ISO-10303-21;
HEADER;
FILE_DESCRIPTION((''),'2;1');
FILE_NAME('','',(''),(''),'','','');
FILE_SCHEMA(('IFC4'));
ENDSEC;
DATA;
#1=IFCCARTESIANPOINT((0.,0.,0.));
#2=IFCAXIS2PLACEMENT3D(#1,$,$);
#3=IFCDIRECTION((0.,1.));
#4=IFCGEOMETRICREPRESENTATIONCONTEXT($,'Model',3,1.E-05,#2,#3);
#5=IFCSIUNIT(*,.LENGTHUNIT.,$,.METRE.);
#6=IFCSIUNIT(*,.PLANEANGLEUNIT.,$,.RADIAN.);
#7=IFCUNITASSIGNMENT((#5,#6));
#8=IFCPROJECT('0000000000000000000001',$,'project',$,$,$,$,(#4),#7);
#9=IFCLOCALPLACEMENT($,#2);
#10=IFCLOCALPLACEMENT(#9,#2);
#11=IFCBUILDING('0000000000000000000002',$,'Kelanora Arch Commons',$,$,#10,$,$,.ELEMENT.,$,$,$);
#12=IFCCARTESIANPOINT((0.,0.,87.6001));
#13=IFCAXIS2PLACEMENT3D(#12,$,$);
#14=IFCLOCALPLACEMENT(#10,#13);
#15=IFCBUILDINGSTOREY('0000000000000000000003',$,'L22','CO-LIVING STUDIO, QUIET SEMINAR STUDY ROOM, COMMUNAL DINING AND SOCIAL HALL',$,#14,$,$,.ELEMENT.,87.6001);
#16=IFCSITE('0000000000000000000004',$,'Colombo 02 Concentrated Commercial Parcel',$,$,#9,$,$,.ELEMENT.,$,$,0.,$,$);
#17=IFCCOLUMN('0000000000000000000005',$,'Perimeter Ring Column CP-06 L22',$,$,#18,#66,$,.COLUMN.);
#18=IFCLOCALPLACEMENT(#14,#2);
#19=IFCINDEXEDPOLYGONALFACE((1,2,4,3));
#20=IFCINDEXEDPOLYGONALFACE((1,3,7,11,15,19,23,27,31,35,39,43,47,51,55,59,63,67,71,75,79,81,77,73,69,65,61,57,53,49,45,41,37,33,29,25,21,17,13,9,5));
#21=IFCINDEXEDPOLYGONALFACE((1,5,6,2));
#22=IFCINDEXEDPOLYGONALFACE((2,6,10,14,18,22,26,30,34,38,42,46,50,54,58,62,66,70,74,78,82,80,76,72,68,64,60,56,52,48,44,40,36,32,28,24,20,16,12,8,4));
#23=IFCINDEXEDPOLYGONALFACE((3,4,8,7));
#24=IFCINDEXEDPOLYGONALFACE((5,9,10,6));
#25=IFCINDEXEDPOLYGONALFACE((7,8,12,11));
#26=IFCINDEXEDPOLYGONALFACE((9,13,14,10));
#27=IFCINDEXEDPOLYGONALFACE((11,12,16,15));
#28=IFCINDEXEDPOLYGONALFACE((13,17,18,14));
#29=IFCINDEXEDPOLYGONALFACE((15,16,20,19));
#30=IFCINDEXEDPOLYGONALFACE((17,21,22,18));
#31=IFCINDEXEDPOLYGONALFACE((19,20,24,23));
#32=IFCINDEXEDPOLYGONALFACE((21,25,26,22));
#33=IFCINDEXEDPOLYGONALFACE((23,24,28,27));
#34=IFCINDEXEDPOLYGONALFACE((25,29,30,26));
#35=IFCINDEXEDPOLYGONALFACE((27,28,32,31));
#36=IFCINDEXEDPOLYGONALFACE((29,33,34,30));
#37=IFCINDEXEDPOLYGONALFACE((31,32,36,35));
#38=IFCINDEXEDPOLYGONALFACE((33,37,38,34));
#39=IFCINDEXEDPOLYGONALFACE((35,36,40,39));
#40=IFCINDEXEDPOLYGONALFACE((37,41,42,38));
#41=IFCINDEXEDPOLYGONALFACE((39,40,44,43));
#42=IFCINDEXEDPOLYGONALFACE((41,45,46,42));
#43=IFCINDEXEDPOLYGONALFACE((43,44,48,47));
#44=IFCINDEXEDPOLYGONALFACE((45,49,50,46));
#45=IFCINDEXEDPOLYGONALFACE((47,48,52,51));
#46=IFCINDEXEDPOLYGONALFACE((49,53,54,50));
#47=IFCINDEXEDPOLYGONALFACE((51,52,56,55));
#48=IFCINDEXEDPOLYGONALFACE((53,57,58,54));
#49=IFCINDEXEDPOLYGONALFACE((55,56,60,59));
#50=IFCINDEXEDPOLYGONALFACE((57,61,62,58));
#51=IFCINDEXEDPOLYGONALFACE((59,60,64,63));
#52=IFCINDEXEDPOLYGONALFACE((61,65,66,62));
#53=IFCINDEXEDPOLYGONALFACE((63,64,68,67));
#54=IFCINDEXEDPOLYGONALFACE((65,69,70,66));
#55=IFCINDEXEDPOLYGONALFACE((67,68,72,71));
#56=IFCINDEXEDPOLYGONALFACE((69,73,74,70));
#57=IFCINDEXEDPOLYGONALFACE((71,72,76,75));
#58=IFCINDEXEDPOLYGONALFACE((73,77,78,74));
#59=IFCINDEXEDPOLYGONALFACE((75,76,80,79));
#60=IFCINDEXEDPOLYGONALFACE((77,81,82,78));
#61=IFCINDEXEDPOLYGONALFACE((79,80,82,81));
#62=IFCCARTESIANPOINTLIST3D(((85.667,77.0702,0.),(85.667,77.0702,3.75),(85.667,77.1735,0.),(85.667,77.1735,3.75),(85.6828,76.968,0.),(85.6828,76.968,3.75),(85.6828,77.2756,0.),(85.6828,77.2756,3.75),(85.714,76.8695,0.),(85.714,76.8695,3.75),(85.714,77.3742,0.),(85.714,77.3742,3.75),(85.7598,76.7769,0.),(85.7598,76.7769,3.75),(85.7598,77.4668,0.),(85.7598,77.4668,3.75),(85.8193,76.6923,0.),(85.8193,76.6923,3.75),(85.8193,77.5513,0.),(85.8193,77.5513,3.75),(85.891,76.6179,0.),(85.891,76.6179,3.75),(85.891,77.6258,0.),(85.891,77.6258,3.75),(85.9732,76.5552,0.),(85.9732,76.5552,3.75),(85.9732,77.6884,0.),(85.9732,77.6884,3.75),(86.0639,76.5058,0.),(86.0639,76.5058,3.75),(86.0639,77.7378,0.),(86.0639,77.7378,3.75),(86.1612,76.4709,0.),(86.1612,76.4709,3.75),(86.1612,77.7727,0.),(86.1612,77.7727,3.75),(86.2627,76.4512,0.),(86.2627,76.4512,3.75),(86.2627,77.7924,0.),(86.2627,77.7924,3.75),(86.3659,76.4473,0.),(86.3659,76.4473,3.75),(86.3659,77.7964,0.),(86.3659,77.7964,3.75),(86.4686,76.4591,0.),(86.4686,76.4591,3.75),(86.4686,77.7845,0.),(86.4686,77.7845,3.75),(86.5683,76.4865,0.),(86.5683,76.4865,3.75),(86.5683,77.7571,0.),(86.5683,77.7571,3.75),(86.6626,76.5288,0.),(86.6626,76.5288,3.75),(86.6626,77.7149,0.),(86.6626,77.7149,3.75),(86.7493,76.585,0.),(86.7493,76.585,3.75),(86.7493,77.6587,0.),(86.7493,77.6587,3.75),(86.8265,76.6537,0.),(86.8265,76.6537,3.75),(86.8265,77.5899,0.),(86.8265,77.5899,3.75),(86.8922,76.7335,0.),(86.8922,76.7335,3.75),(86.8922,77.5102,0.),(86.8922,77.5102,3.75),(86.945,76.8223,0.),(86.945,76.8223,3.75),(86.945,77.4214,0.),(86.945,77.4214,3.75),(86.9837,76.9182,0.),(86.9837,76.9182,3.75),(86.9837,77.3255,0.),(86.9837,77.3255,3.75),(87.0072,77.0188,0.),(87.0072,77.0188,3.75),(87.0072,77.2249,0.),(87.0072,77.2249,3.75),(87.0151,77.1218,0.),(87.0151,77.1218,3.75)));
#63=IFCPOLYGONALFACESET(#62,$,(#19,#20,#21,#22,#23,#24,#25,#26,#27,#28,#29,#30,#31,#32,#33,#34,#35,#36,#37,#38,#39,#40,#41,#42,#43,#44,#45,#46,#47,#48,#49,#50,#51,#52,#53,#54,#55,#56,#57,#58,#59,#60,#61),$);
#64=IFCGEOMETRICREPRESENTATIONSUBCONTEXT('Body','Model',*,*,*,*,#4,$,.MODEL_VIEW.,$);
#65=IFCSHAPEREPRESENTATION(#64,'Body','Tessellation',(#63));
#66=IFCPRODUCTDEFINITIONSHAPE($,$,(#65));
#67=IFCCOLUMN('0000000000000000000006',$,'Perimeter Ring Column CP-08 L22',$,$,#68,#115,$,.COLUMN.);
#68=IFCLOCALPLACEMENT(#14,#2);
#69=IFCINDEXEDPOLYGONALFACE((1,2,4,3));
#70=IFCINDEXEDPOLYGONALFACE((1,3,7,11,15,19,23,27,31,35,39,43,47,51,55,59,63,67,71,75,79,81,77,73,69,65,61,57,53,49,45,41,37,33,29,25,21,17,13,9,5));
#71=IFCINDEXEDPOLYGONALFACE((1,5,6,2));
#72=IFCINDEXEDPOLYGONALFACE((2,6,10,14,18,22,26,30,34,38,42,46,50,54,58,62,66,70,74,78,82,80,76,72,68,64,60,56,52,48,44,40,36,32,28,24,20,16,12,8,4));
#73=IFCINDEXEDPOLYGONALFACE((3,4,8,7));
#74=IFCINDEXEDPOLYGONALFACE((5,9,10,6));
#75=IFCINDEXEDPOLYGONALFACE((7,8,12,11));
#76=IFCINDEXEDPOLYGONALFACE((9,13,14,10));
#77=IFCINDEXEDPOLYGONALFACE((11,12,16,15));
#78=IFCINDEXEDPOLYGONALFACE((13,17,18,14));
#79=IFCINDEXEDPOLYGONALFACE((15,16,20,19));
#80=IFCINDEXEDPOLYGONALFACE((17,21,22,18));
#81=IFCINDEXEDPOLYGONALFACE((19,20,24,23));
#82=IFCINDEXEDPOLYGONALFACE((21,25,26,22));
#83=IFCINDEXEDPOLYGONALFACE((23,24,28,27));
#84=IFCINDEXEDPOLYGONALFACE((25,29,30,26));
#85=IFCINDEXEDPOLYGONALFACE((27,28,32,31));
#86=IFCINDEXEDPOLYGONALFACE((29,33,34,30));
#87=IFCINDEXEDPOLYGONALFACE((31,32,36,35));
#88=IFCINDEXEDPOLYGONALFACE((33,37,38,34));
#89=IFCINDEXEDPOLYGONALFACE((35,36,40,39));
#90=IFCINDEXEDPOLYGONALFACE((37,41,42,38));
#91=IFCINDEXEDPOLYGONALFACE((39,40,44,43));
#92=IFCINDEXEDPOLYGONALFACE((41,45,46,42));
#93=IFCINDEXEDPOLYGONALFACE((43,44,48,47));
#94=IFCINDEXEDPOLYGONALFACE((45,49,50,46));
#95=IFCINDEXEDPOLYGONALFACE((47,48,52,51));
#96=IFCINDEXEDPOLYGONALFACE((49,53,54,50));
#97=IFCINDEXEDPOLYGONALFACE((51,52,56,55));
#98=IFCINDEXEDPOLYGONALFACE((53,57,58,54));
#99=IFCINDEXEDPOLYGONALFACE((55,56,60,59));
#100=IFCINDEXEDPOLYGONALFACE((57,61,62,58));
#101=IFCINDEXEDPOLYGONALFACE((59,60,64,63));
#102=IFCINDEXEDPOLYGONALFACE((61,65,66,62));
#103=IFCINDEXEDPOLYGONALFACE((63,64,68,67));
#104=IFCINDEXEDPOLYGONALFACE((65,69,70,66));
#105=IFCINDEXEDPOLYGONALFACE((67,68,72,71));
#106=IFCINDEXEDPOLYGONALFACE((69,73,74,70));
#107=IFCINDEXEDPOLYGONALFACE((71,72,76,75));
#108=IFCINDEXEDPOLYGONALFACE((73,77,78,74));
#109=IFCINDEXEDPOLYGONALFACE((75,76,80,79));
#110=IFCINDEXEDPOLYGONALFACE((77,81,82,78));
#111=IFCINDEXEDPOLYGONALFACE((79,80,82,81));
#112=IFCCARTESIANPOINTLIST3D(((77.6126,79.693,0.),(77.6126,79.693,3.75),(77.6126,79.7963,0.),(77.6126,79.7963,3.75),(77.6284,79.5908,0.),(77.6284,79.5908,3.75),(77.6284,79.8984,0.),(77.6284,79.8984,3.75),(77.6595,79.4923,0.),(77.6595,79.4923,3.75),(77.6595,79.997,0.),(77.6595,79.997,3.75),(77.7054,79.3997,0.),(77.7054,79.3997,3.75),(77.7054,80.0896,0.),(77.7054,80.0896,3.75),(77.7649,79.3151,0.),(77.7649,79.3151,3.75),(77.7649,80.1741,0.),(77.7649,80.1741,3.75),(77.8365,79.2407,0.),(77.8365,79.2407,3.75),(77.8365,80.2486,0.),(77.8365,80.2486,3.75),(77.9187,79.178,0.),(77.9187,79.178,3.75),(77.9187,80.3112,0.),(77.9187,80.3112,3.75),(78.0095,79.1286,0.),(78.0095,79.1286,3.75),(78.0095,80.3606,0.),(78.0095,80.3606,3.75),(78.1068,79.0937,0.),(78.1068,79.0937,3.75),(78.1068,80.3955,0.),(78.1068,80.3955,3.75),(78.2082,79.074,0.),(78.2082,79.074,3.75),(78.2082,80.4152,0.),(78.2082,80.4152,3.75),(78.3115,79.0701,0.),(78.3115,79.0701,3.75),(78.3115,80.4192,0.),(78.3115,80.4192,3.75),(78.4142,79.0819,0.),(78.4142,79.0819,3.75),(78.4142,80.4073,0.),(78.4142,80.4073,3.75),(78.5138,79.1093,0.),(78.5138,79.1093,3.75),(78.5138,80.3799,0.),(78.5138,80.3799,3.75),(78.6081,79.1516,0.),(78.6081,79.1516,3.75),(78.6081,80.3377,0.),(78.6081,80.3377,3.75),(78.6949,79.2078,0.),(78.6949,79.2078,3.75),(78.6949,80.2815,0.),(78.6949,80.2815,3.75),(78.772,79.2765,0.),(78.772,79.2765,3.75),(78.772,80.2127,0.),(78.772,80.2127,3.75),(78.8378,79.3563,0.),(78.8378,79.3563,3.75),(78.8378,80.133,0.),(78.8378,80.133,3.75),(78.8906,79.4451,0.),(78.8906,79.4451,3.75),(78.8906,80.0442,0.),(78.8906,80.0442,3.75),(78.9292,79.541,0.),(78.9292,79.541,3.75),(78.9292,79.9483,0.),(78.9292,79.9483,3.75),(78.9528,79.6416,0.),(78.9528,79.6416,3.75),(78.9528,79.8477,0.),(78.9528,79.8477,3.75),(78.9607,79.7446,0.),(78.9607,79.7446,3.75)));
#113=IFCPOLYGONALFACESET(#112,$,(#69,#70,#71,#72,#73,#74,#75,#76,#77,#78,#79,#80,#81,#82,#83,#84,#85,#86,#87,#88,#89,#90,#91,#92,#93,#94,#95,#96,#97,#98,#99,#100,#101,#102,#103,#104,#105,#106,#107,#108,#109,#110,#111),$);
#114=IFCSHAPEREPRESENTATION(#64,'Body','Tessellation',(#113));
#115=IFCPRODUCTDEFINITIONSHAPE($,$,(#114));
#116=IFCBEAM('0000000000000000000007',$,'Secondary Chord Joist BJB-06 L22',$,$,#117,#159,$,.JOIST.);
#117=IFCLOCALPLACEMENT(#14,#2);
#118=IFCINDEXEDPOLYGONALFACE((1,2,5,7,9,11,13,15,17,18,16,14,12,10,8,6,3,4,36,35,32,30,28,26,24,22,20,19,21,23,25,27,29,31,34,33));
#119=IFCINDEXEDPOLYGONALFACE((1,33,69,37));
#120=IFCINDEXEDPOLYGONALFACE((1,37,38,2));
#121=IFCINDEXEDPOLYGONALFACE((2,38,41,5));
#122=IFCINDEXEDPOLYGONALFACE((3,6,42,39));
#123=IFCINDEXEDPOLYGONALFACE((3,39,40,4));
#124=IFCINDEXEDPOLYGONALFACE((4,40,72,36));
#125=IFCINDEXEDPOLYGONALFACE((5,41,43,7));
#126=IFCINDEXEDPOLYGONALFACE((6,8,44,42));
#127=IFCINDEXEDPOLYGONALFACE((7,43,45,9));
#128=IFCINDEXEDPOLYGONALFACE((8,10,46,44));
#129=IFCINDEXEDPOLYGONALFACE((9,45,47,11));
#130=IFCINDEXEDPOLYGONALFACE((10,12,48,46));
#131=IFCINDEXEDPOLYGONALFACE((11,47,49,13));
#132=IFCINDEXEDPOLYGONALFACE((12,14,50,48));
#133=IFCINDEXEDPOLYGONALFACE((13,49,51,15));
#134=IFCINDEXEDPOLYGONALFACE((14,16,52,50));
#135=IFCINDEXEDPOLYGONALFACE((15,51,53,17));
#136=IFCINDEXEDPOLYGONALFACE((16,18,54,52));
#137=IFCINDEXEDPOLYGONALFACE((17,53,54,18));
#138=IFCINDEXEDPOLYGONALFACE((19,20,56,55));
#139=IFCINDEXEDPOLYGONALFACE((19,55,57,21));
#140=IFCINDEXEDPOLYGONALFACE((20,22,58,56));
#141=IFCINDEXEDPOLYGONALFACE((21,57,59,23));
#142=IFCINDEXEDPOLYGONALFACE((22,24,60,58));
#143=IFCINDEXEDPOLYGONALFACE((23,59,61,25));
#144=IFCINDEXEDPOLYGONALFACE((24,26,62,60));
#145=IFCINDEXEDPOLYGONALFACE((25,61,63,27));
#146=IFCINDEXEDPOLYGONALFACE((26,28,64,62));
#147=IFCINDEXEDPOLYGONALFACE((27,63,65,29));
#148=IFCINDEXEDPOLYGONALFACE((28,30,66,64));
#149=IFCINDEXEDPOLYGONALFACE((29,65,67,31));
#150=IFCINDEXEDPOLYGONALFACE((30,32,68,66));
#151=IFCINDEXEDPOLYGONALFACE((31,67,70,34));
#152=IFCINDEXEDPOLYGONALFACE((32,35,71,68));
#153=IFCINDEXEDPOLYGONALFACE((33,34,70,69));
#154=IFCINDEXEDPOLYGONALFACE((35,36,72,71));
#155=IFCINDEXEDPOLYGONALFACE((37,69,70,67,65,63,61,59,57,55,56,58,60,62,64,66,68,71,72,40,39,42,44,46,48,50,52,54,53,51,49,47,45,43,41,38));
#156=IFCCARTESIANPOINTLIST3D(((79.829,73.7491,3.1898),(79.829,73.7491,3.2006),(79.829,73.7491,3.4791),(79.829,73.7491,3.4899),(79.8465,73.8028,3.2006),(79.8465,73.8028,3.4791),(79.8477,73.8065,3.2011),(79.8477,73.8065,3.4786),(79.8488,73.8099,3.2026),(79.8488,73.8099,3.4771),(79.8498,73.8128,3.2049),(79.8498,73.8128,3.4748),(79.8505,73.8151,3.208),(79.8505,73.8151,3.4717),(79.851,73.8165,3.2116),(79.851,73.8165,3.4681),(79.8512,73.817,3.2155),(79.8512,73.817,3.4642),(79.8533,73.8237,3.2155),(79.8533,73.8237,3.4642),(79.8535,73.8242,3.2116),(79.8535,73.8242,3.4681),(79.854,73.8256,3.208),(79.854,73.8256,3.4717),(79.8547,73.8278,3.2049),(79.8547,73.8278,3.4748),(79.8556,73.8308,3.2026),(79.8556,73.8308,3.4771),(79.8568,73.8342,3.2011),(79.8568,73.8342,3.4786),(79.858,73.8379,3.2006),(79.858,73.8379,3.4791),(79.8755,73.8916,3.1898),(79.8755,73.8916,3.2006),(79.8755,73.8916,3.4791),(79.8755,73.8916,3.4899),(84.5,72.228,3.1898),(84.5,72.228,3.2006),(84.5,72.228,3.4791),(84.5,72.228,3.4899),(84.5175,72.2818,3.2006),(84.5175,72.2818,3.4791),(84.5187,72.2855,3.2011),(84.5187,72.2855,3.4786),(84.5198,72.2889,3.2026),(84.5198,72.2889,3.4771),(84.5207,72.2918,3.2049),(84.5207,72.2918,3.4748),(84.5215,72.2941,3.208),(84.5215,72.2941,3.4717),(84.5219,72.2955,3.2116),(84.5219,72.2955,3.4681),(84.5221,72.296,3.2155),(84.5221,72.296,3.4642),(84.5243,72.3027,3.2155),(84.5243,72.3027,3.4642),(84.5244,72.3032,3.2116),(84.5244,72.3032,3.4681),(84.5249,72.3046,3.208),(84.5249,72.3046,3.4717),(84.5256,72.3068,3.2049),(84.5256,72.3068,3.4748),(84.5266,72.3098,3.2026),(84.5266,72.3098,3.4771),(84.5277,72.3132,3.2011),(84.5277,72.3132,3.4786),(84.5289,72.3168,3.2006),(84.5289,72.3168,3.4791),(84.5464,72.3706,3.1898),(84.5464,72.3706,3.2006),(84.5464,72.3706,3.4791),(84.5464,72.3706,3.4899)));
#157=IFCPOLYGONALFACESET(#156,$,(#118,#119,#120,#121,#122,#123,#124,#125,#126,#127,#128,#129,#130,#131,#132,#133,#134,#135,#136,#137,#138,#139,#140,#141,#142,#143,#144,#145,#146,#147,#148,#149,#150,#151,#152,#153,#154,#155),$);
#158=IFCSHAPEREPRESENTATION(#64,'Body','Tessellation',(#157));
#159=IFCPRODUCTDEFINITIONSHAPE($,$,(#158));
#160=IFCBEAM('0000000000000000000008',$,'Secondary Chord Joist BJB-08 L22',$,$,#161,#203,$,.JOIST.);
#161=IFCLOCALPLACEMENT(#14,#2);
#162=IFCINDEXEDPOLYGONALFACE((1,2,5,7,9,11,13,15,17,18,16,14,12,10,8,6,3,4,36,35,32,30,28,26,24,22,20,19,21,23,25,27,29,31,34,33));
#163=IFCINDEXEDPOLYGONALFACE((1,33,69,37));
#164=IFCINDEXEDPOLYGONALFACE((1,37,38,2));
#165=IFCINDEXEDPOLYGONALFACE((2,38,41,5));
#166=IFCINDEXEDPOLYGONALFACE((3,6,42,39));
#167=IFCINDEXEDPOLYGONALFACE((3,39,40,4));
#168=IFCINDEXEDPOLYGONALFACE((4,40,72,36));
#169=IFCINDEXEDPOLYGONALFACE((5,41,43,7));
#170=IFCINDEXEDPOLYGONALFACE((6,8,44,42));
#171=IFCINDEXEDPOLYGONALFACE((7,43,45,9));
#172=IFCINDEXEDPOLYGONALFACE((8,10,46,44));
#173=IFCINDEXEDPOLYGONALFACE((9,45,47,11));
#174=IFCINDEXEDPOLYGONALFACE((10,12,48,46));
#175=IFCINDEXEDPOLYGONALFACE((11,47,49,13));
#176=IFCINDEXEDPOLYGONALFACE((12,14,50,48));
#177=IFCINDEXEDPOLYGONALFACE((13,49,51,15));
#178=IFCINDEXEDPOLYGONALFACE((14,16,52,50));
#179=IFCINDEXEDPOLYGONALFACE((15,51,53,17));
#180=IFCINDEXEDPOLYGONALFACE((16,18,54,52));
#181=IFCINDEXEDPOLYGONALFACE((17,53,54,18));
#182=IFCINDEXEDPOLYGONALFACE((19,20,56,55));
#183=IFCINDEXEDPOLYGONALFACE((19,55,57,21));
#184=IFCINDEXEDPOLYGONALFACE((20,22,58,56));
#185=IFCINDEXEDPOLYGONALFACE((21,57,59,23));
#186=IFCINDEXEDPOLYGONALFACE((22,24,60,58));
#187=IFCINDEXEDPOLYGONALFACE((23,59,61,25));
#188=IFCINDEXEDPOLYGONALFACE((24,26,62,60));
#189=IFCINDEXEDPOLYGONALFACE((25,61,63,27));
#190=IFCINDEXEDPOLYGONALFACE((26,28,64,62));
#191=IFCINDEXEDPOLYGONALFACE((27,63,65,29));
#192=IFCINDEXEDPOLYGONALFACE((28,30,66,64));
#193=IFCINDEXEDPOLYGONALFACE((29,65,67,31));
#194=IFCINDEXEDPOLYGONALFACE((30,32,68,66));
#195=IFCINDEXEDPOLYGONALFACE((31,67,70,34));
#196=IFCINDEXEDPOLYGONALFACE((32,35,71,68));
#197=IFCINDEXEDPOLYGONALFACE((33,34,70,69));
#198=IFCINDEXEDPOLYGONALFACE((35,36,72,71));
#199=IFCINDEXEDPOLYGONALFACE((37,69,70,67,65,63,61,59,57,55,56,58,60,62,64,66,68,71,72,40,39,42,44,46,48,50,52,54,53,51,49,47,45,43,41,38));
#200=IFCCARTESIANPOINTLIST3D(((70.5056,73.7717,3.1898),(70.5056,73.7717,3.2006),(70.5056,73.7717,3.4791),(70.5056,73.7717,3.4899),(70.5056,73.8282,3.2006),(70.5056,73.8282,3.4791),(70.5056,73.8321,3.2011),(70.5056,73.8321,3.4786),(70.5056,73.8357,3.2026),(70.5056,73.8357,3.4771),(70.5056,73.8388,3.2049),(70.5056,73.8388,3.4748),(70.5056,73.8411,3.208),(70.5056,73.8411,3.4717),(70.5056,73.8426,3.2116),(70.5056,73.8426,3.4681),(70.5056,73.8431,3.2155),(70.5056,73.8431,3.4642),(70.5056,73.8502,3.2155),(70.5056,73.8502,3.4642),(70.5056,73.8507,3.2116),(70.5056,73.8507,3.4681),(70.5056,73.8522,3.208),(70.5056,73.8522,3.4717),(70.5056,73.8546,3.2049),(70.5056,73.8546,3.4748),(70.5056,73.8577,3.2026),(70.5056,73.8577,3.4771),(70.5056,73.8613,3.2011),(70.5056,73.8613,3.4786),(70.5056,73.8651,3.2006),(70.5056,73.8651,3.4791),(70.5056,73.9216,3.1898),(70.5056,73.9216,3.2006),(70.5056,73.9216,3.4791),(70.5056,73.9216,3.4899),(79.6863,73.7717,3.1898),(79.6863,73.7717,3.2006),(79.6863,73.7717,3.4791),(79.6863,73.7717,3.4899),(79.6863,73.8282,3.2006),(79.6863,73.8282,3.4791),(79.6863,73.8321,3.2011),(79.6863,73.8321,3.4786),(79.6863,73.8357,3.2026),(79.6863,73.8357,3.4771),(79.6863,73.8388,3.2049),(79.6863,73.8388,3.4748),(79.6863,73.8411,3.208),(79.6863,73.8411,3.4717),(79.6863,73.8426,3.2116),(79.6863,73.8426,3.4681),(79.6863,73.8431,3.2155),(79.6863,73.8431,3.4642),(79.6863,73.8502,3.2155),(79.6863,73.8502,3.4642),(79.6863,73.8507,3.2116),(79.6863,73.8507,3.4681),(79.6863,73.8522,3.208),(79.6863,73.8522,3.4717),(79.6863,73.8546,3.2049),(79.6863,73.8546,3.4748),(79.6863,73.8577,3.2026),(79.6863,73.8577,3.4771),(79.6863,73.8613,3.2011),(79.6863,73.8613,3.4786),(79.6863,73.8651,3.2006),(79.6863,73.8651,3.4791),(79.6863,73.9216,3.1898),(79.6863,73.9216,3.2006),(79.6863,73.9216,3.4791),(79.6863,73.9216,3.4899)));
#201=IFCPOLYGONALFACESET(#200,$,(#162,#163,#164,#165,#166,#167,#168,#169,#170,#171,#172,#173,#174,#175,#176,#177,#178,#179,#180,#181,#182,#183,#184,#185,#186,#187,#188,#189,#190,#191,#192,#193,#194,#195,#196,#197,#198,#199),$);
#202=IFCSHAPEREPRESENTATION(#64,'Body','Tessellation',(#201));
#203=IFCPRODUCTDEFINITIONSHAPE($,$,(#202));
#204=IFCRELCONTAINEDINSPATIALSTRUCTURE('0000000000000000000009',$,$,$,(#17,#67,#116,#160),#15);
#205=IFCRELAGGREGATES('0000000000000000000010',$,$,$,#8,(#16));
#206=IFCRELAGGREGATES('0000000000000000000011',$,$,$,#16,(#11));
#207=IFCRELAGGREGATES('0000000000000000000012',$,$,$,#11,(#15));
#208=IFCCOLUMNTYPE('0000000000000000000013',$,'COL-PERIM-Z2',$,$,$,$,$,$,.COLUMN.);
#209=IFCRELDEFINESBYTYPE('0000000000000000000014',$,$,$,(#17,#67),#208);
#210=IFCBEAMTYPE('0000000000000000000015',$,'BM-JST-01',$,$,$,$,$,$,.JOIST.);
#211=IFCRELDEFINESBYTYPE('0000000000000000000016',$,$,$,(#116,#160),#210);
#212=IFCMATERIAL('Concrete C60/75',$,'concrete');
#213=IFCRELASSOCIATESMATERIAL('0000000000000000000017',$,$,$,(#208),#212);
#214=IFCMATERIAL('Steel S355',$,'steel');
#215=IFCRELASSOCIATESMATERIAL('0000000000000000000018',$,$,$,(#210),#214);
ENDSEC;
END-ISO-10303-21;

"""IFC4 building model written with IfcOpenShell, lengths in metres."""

from ifc_helpers import new_model, si_unit, direction, frame, origin, origin_2d, place, context, subcontext, project, spatial, circle, i_section, extrude, material, material_profile, profile_set, type_object, element, save


model = new_model("IFC4")

# Units and contexts
model_context = context("Model", 3, precision=1e-05, world=origin(), true_north=direction((0.0, 1.0)))
body_context = subcontext(model_context, "Body", "Model", "MODEL_VIEW")
ifc_project = project(units=[si_unit("LENGTHUNIT", "METRE"), si_unit("PLANEANGLEUNIT", "RADIAN")], contexts=[model_context])

# Site, building, storey
site_placement = place(None, origin())
site = spatial("IfcSite", under=ifc_project, at=site_placement, Name="Colombo 02 Concentrated Commercial Parcel", CompositionType="ELEMENT", RefElevation=0.0)
building_placement = place(site_placement, origin())
building = spatial("IfcBuilding", under=site, at=building_placement, Name="Kelanora Arch Commons", CompositionType="ELEMENT")
storey_placement = place(building_placement, frame((0.0, 0.0, 87.6001)))
storey = spatial("IfcBuildingStorey", under=building, at=storey_placement, Name="L22", Description="CO-LIVING STUDIO, QUIET SEMINAR STUDY ROOM, COMMUNAL DINING AND SOCIAL HALL", CompositionType="ELEMENT", Elevation=87.6001)

# Columns
ifc_material_1 = material(Name="Concrete C60/75", Category="concrete")
ifc_material_profile_1 = material_profile(ifc_material_1, circle(Radius=0.675, at=origin_2d()), Name="RCC1350")
ifc_profile_set_1 = profile_set([ifc_material_profile_1], Name="Concrete C60/75")
column_type = type_object("IfcColumnType", Name="COL-PERIM-Z2", PredefinedType="COLUMN", material=ifc_profile_set_1)
for number, where, z_axis, x_axis, name in (
    (1, (86.3401, 77.1218, 0.0), (0.0, 0.0, 1.0), (1.0, 0.0, 0.0), "Perimeter Ring Column CP-06 L22"),
    (2, (78.2856, 79.7446, 0.0), (0.0, 0.0, 1.0), (1.0, 0.0, 0.0), "Perimeter Ring Column CP-08 L22"),
):
    element("IfcColumn", number, at=place(storey_placement, frame(where, z_axis=z_axis, x_axis=x_axis)), inside=storey, type_object=column_type, Name=name, PredefinedType="COLUMN", context=body_context, shape_type="SweptSolid", body=[
        extrude(circle(Radius=0.675, at=origin_2d()), origin(), (0.0, 0.0, 1.0), 3.75),
    ])

# Beams
ifc_material_2 = material(Name="Steel S355", Category="steel")
ifc_material_profile_2 = material_profile(ifc_material_2, i_section(OverallWidth=0.1499, OverallDepth=0.3, WebThickness=0.0071, FlangeThickness=0.0107, FilletRadius=0.0149, at=origin_2d()), Name="IPE300")
ifc_profile_set_2 = profile_set([ifc_material_profile_2], Name="Steel S355")
beam_type_1 = type_object("IfcBeamType", Name="BM-JST-01", PredefinedType="JOIST", material=ifc_profile_set_2)
beam_1_placement = place(storey_placement, frame((84.5232, 72.2993, 3.3398), z_axis=(-0.950857, 0.30963, 0.0), x_axis=(-0.30963, -0.950857, 0.0)))
element("IfcBeam", 3, at=beam_1_placement, inside=storey, type_object=beam_type_1, Name="Secondary Chord Joist BJB-06 L22", PredefinedType="JOIST", context=body_context, shape_type="SweptSolid", body=[
    extrude(i_section(OverallWidth=0.1499, OverallDepth=0.3, WebThickness=0.0071, FlangeThickness=0.0107, FilletRadius=0.0149, at=origin_2d()), origin(), (0.0, 0.0, 1.0), 4.9124),
])
beam_2_placement = place(storey_placement, frame((79.6863, 73.8467, 3.3398), z_axis=(-1.0, 0.0, 0.0), x_axis=(0.0, -1.0, 0.0)))
element("IfcBeam", 4, at=beam_2_placement, inside=storey, type_object=beam_type_1, Name="Secondary Chord Joist BJB-08 L22", PredefinedType="JOIST", context=body_context, shape_type="SweptSolid", body=[
    extrude(i_section(OverallWidth=0.1499, OverallDepth=0.3, WebThickness=0.0071, FlangeThickness=0.0107, FilletRadius=0.0149, at=origin_2d()), origin(), (0.0, 0.0, 1.0), 9.1807),
])

save(model, "model.ifc")
